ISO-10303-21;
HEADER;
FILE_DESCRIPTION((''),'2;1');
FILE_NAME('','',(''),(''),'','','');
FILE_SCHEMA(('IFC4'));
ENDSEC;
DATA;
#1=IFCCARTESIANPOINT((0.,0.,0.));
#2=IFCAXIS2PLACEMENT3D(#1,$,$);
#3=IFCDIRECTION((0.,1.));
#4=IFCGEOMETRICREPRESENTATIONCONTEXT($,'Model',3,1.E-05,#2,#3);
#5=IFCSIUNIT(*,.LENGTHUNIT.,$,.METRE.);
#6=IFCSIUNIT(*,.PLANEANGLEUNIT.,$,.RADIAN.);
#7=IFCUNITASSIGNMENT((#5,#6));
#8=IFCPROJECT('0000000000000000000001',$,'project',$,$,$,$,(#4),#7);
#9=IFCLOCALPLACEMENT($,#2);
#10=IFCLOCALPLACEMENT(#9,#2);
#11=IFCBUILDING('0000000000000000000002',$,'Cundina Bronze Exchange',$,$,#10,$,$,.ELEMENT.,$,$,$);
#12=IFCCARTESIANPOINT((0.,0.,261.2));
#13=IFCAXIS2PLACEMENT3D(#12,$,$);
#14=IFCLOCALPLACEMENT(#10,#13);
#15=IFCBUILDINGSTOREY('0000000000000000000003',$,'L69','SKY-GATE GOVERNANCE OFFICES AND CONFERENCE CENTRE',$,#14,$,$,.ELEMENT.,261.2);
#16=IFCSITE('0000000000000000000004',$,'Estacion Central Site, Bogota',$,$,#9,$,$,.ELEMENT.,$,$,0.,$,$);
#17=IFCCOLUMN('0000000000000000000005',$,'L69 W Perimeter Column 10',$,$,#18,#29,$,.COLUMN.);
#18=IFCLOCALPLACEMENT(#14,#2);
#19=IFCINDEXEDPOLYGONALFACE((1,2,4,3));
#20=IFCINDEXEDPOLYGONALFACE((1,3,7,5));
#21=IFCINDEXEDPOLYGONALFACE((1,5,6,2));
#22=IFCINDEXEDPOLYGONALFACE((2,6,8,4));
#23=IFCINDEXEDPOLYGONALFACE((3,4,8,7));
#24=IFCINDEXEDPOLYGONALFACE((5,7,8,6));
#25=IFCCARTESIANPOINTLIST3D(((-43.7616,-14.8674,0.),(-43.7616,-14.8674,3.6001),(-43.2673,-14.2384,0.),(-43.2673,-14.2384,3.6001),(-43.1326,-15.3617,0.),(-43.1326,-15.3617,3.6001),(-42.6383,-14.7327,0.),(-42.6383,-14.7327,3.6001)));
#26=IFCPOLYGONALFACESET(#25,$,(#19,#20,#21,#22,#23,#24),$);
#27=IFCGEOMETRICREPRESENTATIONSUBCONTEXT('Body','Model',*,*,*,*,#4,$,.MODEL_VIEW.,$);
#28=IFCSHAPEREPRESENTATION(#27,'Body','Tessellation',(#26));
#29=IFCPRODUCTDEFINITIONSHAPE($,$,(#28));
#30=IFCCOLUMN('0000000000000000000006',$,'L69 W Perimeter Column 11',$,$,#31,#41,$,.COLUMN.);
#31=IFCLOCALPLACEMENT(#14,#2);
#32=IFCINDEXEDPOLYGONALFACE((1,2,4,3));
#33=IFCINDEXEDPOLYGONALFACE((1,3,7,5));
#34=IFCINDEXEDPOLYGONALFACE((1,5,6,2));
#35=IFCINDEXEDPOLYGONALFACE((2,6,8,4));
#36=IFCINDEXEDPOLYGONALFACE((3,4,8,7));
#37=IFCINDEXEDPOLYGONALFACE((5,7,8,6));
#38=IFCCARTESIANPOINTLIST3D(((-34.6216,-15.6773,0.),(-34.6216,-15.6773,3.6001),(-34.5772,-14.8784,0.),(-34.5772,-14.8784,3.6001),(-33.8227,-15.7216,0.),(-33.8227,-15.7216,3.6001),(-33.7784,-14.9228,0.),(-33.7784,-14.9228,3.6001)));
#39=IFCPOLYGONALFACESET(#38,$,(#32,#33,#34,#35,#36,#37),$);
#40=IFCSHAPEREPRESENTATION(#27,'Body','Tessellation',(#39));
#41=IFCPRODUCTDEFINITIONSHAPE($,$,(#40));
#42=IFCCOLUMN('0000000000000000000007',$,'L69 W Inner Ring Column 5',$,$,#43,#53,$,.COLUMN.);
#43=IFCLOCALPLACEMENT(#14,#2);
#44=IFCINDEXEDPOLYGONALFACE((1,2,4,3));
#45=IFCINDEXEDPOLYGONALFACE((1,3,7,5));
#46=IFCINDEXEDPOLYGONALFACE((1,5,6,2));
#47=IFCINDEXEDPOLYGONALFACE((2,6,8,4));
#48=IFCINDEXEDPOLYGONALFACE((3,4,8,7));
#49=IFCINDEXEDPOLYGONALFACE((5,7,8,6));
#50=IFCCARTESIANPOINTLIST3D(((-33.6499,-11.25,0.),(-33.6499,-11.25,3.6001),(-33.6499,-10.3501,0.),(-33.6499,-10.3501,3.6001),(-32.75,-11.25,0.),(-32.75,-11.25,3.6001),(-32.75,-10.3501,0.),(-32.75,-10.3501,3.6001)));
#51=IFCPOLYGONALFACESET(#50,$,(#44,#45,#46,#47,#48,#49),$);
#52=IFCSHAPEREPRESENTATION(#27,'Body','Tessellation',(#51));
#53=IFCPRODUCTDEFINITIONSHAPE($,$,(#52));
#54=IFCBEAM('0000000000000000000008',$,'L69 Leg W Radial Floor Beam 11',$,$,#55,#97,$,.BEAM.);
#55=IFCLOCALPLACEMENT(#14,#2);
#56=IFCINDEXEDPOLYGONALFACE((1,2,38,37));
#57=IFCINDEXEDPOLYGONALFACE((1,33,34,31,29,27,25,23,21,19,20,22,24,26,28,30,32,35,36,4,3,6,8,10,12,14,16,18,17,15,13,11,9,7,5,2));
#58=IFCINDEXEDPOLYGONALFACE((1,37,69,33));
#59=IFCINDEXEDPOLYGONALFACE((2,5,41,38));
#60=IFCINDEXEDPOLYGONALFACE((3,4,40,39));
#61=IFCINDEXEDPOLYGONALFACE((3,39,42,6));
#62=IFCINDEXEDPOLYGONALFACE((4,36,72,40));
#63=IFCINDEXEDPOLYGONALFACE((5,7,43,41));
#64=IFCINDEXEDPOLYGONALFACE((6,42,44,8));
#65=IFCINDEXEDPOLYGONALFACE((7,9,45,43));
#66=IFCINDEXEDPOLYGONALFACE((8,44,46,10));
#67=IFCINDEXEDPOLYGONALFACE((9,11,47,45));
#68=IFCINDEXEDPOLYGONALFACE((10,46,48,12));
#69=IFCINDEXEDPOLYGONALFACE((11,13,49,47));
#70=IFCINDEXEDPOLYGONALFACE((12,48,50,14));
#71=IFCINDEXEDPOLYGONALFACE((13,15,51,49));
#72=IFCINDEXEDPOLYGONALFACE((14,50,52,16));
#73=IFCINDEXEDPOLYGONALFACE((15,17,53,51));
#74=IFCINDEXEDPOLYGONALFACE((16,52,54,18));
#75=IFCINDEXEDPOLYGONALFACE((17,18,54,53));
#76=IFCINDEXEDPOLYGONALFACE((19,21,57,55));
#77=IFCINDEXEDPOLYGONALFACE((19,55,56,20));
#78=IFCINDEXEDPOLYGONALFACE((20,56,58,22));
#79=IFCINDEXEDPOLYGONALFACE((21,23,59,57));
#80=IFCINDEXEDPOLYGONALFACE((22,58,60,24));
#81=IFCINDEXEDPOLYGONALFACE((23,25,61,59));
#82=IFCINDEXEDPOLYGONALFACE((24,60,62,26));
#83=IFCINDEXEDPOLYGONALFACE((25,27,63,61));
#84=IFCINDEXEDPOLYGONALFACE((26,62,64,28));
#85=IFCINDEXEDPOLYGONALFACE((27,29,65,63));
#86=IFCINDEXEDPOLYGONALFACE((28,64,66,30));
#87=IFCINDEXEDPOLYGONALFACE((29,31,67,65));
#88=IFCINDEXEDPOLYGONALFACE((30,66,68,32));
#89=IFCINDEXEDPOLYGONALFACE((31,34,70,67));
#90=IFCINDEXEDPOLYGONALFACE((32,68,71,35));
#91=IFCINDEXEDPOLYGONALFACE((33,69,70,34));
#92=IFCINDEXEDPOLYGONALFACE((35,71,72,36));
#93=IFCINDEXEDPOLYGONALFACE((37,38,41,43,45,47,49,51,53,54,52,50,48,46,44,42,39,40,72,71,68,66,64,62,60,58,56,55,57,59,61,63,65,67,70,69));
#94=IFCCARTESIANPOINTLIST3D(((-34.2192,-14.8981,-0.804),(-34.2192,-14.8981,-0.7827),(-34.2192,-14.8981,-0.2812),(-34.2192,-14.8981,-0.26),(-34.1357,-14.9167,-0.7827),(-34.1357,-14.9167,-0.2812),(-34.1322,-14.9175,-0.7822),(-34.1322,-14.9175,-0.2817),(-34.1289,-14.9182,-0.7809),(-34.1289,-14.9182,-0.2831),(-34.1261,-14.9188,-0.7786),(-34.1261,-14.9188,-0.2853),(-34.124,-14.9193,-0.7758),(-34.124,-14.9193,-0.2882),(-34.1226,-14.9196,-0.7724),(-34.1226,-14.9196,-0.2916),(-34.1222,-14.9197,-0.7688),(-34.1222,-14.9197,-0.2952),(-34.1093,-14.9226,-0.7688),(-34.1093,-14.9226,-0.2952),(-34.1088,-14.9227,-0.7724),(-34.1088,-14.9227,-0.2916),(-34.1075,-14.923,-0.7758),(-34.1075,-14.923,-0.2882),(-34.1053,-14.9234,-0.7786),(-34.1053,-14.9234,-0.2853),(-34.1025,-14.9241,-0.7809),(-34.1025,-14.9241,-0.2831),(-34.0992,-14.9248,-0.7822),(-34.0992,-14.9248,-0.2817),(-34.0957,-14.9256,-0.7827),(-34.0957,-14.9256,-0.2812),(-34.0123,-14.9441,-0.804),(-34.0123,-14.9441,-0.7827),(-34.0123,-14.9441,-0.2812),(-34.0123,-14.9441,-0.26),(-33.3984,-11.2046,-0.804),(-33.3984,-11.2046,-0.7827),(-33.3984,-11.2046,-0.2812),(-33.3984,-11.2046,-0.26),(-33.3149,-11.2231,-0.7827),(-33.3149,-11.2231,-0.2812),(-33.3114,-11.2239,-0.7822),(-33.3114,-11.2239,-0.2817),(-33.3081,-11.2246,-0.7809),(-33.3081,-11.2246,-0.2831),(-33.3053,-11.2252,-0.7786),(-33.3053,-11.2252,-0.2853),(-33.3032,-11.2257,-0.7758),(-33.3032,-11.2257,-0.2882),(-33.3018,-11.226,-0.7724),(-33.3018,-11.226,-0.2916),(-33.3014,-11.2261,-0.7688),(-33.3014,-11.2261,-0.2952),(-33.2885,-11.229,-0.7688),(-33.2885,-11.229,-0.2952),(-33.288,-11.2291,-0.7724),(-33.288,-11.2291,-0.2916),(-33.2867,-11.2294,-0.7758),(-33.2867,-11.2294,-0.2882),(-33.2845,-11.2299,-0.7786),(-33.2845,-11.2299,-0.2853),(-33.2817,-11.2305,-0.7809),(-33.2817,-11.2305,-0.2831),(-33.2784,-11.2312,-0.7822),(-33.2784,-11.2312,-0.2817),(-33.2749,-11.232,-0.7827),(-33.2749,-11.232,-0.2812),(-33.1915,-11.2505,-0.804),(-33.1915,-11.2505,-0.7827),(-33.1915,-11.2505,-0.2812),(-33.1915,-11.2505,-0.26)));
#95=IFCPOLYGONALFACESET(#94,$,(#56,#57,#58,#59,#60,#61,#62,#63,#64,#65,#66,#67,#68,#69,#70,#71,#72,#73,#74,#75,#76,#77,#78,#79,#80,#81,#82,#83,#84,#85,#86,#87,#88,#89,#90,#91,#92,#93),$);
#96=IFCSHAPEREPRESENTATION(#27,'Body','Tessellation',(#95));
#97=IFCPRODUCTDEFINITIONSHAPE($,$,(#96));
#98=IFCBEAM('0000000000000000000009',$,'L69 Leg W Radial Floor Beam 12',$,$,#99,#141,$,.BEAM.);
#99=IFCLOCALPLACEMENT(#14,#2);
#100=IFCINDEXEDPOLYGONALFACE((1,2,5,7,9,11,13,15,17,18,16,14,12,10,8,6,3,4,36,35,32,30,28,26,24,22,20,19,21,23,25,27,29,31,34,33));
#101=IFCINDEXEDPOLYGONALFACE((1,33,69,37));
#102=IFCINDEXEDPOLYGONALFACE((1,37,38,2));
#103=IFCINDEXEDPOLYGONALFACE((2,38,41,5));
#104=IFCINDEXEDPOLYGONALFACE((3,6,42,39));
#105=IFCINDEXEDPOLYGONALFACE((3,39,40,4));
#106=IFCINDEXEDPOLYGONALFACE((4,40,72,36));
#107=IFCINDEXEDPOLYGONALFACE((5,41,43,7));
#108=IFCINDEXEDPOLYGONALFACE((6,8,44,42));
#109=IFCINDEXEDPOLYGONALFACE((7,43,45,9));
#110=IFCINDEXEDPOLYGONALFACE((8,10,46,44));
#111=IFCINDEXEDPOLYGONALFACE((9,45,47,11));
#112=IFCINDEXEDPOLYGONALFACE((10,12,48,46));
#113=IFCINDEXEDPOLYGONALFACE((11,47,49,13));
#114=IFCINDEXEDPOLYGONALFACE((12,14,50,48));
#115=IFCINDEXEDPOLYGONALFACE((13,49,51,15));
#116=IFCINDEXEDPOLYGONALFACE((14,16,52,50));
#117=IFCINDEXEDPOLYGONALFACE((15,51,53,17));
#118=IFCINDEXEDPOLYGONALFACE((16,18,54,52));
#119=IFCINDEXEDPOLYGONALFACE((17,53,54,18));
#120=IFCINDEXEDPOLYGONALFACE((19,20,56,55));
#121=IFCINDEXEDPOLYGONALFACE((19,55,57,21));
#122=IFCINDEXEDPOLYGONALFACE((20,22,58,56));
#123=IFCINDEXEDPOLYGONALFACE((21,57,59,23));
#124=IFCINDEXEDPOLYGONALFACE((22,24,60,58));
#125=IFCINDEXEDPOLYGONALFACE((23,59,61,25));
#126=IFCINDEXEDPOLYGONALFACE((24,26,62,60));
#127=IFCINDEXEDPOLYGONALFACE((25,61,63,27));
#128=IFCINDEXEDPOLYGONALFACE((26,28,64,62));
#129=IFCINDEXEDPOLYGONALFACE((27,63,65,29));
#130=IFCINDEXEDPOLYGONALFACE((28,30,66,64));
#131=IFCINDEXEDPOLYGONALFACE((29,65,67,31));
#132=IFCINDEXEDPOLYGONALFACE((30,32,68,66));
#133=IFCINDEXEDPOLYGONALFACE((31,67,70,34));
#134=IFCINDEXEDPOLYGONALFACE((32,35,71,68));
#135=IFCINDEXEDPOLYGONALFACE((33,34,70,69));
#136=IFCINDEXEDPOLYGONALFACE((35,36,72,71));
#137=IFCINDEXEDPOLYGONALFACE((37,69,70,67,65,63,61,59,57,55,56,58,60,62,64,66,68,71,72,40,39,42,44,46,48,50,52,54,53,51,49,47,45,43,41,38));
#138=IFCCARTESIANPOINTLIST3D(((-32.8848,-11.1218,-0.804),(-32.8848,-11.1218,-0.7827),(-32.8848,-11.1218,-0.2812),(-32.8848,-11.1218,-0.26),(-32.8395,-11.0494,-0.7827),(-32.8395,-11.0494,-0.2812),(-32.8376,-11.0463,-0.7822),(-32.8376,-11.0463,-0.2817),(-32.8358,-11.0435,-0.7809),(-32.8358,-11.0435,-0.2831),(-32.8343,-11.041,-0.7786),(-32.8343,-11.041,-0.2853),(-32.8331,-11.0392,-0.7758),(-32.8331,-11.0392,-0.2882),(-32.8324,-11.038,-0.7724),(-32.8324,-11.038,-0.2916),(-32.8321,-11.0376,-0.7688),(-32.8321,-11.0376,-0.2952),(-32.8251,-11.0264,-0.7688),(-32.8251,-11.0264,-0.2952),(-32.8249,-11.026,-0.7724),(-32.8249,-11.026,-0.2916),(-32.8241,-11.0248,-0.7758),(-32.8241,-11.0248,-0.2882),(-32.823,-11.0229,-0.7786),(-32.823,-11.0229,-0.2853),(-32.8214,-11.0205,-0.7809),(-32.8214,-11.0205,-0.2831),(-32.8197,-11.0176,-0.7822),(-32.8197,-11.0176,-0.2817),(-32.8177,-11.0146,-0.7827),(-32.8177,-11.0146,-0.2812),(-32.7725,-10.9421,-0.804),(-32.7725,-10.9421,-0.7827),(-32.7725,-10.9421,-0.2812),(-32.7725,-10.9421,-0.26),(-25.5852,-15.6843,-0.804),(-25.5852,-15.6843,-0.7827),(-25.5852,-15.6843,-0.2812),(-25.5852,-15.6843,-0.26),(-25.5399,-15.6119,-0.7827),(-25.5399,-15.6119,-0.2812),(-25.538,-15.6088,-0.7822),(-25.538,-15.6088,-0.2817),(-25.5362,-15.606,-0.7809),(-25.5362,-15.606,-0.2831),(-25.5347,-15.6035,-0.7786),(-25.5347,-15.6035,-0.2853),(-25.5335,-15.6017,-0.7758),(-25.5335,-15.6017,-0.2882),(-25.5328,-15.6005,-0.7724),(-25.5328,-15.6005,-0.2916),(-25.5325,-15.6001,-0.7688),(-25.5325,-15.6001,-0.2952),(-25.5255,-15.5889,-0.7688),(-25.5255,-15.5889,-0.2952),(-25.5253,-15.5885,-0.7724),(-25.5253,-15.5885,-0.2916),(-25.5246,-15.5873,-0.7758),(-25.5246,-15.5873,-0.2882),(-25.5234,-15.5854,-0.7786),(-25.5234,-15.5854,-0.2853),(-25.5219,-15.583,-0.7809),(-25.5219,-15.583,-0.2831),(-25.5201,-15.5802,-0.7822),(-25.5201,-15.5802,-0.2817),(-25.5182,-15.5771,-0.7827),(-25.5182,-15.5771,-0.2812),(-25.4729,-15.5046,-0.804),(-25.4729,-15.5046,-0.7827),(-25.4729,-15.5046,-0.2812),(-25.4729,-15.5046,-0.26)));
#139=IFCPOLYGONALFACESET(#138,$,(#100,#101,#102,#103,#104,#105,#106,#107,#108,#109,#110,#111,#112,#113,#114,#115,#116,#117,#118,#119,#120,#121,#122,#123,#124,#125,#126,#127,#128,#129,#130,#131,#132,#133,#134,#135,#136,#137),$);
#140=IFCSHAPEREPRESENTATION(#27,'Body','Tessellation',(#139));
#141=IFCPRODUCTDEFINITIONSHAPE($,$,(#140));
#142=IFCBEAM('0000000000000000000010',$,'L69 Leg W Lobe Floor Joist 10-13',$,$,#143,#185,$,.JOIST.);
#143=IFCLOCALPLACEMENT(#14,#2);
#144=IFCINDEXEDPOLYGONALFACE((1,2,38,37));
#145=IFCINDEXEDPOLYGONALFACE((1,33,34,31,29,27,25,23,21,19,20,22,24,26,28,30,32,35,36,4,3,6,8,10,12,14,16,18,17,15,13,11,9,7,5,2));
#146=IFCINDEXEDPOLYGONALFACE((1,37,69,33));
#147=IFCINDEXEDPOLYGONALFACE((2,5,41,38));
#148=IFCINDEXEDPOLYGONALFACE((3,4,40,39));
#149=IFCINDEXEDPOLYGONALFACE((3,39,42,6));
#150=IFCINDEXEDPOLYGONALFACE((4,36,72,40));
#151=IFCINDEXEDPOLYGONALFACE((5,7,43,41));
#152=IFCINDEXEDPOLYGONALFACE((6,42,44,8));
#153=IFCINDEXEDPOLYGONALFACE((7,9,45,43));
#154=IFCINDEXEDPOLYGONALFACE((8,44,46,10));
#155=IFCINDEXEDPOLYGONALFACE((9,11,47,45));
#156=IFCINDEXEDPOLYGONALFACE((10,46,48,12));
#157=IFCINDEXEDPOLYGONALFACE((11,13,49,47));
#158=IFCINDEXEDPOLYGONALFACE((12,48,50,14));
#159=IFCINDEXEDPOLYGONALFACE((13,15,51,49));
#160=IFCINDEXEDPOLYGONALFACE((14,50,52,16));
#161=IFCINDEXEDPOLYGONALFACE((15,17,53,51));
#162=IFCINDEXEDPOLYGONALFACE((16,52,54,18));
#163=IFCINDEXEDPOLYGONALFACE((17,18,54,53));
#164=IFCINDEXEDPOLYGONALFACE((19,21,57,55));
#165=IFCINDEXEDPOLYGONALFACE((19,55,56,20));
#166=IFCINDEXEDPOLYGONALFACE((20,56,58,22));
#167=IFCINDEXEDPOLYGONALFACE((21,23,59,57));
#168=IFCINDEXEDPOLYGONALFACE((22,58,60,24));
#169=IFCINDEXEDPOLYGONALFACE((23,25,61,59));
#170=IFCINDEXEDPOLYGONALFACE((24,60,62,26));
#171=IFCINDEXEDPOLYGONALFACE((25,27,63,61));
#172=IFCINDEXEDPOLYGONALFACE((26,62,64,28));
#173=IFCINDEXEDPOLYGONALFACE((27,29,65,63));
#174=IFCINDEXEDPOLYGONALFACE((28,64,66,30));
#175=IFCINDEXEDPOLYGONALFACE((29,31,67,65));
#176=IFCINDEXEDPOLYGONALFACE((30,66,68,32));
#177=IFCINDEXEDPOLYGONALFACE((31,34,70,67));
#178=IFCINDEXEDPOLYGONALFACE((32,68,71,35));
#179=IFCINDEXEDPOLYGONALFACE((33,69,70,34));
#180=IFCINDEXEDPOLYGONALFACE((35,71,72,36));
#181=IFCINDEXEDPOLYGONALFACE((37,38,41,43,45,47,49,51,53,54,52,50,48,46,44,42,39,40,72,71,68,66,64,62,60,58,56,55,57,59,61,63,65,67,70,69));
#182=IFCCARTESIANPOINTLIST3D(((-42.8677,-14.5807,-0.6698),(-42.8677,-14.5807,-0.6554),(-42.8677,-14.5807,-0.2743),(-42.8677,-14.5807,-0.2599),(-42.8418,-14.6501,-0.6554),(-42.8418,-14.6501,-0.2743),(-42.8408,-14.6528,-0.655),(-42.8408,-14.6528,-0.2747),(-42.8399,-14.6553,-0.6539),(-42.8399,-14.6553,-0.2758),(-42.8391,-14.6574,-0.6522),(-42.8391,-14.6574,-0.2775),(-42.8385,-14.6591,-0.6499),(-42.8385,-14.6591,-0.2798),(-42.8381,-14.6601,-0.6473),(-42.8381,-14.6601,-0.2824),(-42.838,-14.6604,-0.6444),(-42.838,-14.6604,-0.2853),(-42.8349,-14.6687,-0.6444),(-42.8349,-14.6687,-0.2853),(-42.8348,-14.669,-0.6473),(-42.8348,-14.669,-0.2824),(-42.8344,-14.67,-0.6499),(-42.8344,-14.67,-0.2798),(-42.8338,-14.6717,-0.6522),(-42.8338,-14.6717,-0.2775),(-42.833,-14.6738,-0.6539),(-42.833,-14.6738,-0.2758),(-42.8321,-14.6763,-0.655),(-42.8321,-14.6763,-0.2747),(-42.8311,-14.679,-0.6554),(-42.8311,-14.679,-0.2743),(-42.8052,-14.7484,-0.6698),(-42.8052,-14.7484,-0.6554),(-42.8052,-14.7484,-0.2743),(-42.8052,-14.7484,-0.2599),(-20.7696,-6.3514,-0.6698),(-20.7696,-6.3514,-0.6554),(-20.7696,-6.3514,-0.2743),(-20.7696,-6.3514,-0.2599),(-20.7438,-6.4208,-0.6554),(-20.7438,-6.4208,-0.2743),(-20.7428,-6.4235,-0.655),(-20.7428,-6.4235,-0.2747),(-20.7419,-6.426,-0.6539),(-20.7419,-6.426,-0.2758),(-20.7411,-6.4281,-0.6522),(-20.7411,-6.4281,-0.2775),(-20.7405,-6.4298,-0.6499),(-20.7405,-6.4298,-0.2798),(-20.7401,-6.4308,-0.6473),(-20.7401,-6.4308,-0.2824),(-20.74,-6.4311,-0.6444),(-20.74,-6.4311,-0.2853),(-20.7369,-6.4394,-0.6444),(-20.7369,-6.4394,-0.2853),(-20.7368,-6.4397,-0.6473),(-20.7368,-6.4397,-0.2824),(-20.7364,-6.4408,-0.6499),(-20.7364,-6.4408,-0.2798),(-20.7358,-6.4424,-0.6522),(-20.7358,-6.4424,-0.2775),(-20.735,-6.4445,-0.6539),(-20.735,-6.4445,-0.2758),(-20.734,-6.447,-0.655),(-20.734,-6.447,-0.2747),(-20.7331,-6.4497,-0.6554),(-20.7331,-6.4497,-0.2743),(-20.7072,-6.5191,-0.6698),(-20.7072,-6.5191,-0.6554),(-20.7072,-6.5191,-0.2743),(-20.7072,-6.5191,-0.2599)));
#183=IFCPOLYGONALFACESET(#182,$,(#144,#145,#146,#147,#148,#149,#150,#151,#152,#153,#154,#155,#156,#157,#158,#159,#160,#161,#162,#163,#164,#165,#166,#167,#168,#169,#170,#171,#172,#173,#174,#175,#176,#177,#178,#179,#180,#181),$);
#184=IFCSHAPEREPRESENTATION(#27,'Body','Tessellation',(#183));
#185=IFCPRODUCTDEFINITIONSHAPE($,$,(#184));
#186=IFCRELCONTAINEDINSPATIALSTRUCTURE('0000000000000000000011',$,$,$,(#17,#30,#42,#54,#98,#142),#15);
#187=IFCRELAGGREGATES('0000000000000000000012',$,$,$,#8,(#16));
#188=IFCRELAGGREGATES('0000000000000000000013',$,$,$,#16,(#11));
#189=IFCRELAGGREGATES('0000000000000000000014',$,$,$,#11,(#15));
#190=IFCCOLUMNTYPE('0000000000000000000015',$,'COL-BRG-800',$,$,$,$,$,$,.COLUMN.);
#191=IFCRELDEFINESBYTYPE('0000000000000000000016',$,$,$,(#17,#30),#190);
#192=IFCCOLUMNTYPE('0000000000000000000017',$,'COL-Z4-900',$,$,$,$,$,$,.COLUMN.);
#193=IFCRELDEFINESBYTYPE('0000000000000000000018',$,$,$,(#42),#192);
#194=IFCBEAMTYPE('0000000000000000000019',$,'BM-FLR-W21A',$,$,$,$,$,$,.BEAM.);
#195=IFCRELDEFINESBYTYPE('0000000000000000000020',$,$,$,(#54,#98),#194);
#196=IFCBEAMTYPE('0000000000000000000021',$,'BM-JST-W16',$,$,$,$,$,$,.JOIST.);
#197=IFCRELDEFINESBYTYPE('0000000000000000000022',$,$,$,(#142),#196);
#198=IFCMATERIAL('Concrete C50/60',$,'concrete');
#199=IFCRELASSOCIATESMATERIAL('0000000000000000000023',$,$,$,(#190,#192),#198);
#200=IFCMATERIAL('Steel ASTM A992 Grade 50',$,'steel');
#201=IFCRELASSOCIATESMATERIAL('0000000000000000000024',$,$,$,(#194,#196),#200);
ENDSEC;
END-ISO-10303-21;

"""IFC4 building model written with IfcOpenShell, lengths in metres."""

from ifc_helpers import new_model, si_unit, direction, frame, origin, origin_2d, place, context, subcontext, project, spatial, rectangle, i_section, extrude, material, material_profile, profile_set, type_object, element, save


model = new_model("IFC4")

# Units and contexts
model_context = context("Model", 3, precision=1e-05, world=origin(), true_north=direction((0.0, 1.0)))
body_context = subcontext(model_context, "Body", "Model", "MODEL_VIEW")
ifc_project = project(units=[si_unit("LENGTHUNIT", "METRE"), si_unit("PLANEANGLEUNIT", "RADIAN")], contexts=[model_context])

# Site, building, storey
site_placement = place(None, origin())
site = spatial("IfcSite", under=ifc_project, at=site_placement, Name="Estacion Central Site, Bogota", CompositionType="ELEMENT", RefElevation=0.0)
building_placement = place(site_placement, origin())
building = spatial("IfcBuilding", under=site, at=building_placement, Name="Cundina Bronze Exchange", CompositionType="ELEMENT")
storey_placement = place(building_placement, frame((0.0, 0.0, 261.2)))
storey = spatial("IfcBuildingStorey", under=building, at=storey_placement, Name="L69", Description="SKY-GATE GOVERNANCE OFFICES AND CONFERENCE CENTRE", CompositionType="ELEMENT", Elevation=261.2)

# Columns
ifc_material_1 = material(Name="Concrete C50/60", Category="concrete")
ifc_material_profile_1 = material_profile(ifc_material_1, rectangle(XDim=0.8, YDim=0.8, at=origin_2d()), Name="RC800X800", Category="concrete")
ifc_profile_set_1 = profile_set([ifc_material_profile_1], Name="Concrete C50/60")
column_type_1 = type_object("IfcColumnType", Name="COL-BRG-800", PredefinedType="COLUMN", material=ifc_profile_set_1)
for number, where, z_axis, x_axis, name in (
    (1, (-43.2, -14.8, 0.0), (0.0, 0.0, 1.0), (0.786288, -0.61786, 0.0), "L69 W Perimeter Column 10"),
    (2, (-34.2, -15.3, 0.0), (0.0, 0.0, 1.0), (0.99846, -0.055473, 0.0), "L69 W Perimeter Column 11"),
):
    element("IfcColumn", number, at=place(storey_placement, frame(where, z_axis=z_axis, x_axis=x_axis)), inside=storey, type_object=column_type_1, Name=name, PredefinedType="COLUMN", context=body_context, shape_type="SweptSolid", body=[
        extrude(rectangle(XDim=0.8, YDim=0.8, at=origin_2d()), origin(), (0.0, 0.0, 1.0), 3.6001),
    ])
ifc_material_profile_2 = material_profile(ifc_material_1, rectangle(XDim=0.8999, YDim=0.8999, at=origin_2d()), Name="RC900X900", Category="concrete")
ifc_profile_set_2 = profile_set([ifc_material_profile_2], Name="Concrete C50/60")
column_type_2 = type_object("IfcColumnType", Name="COL-Z4-900", PredefinedType="COLUMN", material=ifc_profile_set_2)
column_placement = place(storey_placement, frame((-33.2, -10.8, 0.0), z_axis=(0.0, 0.0, 1.0), x_axis=(1.0, 0.0, 0.0)))
element("IfcColumn", 3, at=column_placement, inside=storey, type_object=column_type_2, Name="L69 W Inner Ring Column 5", PredefinedType="COLUMN", context=body_context, shape_type="SweptSolid", body=[
    extrude(rectangle(XDim=0.8999, YDim=0.8999, at=origin_2d()), origin(), (0.0, 0.0, 1.0), 3.6001),
])

# Beams
ifc_material_2 = material(Name="Steel ASTM A992 Grade 50", Category="steel")
ifc_material_profile_3 = material_profile(ifc_material_2, i_section(OverallWidth=0.2119, OverallDepth=0.5439, WebThickness=0.0132, FlangeThickness=0.0212, FilletRadius=0.0139, at=origin_2d()), Name="W21X83", Category="steel")
ifc_profile_set_3 = profile_set([ifc_material_profile_3], Name="Steel ASTM A992 Grade 50")
beam_type_1 = type_object("IfcBeamType", Name="BM-FLR-W21A", PredefinedType="BEAM", material=ifc_profile_set_3)
beam_1_placement = place(storey_placement, frame((-33.2949, -11.2275, -0.532), z_axis=(-0.21693, -0.976187, 0.0), x_axis=(0.976187, -0.21693, 0.0)))
element("IfcBeam", 4, at=beam_1_placement, inside=storey, type_object=beam_type_1, Name="L69 Leg W Radial Floor Beam 11", PredefinedType="BEAM", context=body_context, shape_type="SweptSolid", body=[
    extrude(i_section(OverallWidth=0.2119, OverallDepth=0.5439, WebThickness=0.0132, FlangeThickness=0.0212, FilletRadius=0.0139, at=origin_2d()), origin(), (0.0, 0.0, 1.0), 3.7837),
])
beam_2_placement = place(storey_placement, frame((-32.8286, -11.032, -0.532), z_axis=(0.847984, -0.530022, 0.0), x_axis=(0.530022, 0.847984, 0.0)))
element("IfcBeam", 5, at=beam_2_placement, inside=storey, type_object=beam_type_1, Name="L69 Leg W Radial Floor Beam 12", PredefinedType="BEAM", context=body_context, shape_type="SweptSolid", body=[
    extrude(i_section(OverallWidth=0.2119, OverallDepth=0.5439, WebThickness=0.0132, FlangeThickness=0.0212, FilletRadius=0.0139, at=origin_2d()), origin(), (0.0, 0.0, 1.0), 8.6082),
])
ifc_material_profile_4 = material_profile(ifc_material_2, i_section(OverallWidth=0.179, OverallDepth=0.4099, WebThickness=0.0088, FlangeThickness=0.0144, FilletRadius=0.011, at=origin_2d()), Name="W16X45", Category="steel")
ifc_profile_set_4 = profile_set([ifc_material_profile_4], Name="Steel ASTM A992 Grade 50")
beam_type_2 = type_object("IfcBeamType", Name="BM-JST-W16", PredefinedType="JOIST", material=ifc_profile_set_4)
beam_3_placement = place(storey_placement, frame((-42.8364, -14.6646, -0.4648), z_axis=(0.937128, 0.348986, 0.0), x_axis=(-0.348986, 0.937128, 0.0)))
element("IfcBeam", 6, at=beam_3_placement, inside=storey, type_object=beam_type_2, Name="L69 Leg W Lobe Floor Joist 10-13", PredefinedType="JOIST", context=body_context, shape_type="SweptSolid", body=[
    extrude(i_section(OverallWidth=0.179, OverallDepth=0.4099, WebThickness=0.0088, FlangeThickness=0.0144, FilletRadius=0.011, at=origin_2d()), origin(), (0.0, 0.0, 1.0), 23.5806),
])

save(model, "model.ifc")
